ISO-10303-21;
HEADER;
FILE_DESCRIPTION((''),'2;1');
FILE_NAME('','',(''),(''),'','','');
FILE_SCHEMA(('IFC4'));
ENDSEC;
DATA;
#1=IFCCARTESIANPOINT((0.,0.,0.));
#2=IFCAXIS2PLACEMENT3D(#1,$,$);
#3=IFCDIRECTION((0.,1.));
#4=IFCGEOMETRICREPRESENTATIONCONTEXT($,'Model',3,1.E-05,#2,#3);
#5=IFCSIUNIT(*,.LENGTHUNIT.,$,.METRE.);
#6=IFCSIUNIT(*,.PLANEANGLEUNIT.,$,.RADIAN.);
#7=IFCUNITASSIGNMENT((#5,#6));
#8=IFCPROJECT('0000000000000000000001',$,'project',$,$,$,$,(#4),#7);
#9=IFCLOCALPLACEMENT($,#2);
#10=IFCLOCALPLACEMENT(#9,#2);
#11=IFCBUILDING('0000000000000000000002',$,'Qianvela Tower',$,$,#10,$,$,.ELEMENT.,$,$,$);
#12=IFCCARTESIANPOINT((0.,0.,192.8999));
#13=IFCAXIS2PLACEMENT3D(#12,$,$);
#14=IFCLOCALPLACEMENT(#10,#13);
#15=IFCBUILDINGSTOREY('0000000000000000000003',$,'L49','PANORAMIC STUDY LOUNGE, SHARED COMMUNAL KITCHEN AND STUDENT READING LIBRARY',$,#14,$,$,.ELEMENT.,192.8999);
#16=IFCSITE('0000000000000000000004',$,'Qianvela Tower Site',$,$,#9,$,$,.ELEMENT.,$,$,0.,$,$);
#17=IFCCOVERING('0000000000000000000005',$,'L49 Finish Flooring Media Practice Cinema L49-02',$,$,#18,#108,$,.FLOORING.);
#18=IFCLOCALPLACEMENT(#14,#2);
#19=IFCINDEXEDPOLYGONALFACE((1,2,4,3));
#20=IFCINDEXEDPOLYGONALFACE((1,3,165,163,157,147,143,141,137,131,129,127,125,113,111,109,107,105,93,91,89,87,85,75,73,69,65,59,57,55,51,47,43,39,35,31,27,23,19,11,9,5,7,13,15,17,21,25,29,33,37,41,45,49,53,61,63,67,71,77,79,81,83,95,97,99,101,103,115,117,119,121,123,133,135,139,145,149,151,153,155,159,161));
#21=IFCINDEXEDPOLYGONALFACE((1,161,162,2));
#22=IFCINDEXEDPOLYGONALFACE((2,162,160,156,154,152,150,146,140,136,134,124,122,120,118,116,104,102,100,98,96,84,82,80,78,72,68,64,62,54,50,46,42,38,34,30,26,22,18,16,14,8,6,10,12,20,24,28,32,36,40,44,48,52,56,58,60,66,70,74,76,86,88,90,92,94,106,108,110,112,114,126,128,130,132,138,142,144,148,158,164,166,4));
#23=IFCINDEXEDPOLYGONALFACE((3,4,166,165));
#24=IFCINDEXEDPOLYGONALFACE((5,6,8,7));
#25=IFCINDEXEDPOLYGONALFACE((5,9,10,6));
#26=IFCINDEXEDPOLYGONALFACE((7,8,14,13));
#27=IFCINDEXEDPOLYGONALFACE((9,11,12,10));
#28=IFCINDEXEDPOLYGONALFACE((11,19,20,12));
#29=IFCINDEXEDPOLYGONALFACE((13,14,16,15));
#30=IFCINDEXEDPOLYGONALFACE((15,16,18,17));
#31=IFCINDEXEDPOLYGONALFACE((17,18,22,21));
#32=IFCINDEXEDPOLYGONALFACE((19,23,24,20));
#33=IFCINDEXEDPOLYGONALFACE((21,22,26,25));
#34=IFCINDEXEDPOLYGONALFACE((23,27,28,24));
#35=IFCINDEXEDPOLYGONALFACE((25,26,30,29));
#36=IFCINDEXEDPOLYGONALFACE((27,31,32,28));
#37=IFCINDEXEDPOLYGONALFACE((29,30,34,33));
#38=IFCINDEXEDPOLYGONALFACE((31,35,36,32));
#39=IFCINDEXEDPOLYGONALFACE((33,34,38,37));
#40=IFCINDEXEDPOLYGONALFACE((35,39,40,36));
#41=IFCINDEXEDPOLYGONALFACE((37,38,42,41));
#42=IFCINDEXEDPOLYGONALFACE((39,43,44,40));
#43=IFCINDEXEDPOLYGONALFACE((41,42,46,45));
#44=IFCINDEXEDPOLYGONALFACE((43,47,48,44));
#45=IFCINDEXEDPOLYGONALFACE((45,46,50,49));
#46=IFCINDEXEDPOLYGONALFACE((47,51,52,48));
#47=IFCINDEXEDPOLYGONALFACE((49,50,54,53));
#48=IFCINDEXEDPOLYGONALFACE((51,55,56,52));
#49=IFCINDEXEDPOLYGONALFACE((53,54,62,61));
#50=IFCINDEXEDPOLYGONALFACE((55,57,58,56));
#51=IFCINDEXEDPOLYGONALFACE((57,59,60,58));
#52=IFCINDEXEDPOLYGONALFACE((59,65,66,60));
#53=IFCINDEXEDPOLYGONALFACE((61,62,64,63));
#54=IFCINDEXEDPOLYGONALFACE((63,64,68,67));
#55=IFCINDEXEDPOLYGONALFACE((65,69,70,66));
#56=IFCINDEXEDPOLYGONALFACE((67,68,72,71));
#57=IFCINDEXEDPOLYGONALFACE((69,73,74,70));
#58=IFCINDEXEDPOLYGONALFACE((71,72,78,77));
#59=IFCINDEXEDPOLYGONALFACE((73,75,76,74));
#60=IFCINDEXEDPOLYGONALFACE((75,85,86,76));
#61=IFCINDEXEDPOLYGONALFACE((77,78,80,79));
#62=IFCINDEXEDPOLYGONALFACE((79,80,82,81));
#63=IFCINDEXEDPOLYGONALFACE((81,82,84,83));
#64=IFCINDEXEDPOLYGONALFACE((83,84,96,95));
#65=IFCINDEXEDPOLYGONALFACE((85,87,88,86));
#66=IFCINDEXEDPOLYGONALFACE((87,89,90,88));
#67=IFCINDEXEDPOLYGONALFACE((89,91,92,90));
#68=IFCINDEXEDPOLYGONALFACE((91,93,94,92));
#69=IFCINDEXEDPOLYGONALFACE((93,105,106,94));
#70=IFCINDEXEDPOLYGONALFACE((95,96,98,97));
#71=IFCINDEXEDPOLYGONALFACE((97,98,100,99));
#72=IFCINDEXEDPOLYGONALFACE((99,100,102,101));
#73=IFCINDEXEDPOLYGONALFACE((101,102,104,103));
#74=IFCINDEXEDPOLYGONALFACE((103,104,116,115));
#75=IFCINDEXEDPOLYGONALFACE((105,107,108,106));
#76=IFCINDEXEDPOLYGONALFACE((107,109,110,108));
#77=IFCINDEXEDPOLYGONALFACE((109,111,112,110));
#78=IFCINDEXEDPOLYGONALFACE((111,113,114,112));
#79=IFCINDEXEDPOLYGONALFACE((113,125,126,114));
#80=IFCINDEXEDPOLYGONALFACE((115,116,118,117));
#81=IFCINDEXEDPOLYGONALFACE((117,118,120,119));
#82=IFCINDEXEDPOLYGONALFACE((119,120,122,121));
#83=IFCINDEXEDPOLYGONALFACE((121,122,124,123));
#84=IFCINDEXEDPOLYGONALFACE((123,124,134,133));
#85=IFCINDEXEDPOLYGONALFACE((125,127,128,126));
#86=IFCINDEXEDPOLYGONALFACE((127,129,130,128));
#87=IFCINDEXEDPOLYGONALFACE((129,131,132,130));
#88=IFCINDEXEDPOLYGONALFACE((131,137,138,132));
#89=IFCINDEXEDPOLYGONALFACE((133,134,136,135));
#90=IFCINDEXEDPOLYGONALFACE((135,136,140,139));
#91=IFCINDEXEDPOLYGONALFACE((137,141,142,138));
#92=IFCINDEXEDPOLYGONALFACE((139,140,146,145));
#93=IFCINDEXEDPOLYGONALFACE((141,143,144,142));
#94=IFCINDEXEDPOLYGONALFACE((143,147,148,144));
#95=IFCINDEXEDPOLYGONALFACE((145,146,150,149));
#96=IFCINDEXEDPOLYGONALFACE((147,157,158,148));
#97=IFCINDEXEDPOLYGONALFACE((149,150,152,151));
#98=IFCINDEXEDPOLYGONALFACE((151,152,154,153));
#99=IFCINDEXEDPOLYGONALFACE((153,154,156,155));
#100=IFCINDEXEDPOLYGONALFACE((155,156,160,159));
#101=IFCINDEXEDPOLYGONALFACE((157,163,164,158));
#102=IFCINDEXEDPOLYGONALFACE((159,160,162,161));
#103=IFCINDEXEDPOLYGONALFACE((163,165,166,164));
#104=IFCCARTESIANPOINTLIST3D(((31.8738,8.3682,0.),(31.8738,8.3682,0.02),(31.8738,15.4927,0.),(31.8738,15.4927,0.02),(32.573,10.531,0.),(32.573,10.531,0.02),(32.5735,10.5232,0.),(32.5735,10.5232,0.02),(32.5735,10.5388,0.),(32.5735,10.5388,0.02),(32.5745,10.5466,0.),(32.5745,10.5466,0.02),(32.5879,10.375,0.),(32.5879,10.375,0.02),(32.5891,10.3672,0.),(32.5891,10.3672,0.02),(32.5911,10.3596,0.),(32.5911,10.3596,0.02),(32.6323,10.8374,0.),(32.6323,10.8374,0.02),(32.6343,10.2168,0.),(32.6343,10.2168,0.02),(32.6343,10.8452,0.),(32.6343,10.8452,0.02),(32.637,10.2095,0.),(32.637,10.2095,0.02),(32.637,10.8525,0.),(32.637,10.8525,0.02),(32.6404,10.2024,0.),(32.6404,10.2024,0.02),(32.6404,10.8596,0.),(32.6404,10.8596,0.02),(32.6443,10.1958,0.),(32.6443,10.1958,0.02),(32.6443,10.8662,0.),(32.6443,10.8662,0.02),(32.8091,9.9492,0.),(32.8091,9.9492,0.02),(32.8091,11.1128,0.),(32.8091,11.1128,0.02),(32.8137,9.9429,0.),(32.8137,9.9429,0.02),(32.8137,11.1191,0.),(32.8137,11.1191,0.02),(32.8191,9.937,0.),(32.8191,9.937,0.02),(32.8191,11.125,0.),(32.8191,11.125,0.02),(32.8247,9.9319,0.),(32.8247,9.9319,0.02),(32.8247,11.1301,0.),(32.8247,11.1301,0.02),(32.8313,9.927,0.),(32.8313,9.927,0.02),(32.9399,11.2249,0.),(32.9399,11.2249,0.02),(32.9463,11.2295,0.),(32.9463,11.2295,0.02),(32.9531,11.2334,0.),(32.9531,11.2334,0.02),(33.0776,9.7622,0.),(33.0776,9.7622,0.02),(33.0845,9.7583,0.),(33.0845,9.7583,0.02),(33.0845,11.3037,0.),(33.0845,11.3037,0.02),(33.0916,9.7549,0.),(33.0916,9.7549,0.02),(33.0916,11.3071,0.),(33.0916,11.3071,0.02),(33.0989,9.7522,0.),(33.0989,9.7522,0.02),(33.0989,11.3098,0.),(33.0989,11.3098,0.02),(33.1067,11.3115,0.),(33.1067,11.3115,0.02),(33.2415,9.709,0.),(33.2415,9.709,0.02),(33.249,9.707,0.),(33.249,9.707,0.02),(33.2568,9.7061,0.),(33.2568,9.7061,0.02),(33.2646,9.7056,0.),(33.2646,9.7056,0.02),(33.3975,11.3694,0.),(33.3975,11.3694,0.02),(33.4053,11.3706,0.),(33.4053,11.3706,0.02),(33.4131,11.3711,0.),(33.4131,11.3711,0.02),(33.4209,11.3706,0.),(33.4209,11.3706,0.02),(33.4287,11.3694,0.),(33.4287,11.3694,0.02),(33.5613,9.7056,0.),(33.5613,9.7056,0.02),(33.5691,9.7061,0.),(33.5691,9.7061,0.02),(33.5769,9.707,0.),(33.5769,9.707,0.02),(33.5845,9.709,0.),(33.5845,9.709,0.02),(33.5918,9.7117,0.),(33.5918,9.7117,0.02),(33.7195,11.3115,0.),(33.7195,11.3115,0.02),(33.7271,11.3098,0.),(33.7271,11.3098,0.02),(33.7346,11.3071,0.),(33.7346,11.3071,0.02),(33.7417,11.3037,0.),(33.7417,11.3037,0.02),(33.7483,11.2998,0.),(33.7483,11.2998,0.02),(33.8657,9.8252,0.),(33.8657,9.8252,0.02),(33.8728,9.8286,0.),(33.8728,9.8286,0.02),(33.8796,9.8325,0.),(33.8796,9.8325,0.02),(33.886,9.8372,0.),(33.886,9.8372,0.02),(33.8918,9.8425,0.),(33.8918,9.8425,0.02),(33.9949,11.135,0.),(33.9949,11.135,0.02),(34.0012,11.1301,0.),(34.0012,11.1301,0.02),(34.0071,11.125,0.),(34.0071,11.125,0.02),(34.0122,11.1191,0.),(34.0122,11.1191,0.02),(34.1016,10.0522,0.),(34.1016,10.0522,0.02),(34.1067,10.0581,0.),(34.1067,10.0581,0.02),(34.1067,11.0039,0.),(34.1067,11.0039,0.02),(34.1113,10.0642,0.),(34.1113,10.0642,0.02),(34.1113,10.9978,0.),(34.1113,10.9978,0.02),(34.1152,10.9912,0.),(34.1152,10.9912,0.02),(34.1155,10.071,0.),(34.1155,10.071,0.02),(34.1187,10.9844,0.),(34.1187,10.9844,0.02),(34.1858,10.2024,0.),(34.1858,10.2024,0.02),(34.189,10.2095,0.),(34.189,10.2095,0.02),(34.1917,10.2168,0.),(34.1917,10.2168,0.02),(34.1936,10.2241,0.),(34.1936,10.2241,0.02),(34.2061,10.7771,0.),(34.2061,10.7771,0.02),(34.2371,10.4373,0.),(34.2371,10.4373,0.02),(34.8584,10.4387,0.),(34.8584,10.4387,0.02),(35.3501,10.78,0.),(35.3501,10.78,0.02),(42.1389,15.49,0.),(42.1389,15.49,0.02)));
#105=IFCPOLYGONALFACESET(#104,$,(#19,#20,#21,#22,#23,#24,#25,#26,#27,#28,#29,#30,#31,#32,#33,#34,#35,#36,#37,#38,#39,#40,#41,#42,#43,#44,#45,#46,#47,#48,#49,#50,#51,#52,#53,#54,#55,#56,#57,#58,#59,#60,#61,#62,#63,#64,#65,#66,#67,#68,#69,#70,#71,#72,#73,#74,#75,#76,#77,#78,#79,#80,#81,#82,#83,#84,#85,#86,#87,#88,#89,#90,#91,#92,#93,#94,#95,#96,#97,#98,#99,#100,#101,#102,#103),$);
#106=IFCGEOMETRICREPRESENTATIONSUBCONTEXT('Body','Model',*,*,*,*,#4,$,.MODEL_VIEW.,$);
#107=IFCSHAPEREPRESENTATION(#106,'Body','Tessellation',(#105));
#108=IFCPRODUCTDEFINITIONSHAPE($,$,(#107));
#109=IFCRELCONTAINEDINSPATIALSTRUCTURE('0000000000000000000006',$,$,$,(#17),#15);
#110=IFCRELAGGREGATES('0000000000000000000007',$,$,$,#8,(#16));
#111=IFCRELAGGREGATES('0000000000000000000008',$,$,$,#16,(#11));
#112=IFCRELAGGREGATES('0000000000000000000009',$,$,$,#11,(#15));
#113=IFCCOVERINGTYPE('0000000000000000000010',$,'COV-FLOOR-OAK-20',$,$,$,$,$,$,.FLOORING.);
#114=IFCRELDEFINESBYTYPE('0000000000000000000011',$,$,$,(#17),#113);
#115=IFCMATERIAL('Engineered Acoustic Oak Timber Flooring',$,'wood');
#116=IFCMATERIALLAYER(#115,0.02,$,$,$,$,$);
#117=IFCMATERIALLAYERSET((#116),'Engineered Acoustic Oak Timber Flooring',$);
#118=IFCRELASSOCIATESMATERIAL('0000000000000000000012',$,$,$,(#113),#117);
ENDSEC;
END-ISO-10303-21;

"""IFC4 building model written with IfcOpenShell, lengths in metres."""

from ifc_helpers import new_model, si_unit, direction, frame, origin, place, context, subcontext, project, spatial, polyline, outline, extrude, material, layer, layer_set, type_object, element, save


model = new_model("IFC4")

# Units and contexts
model_context = context("Model", 3, precision=1e-05, world=origin(), true_north=direction((0.0, 1.0)))
body_context = subcontext(model_context, "Body", "Model", "MODEL_VIEW")
ifc_project = project(units=[si_unit("LENGTHUNIT", "METRE"), si_unit("PLANEANGLEUNIT", "RADIAN")], contexts=[model_context])

# Site, building, storey
site_placement = place(None, origin())
site = spatial("IfcSite", under=ifc_project, at=site_placement, Name="Qianvela Tower Site", CompositionType="ELEMENT", RefElevation=0.0)
building_placement = place(site_placement, origin())
building = spatial("IfcBuilding", under=site, at=building_placement, Name="Qianvela Tower", CompositionType="ELEMENT")
storey_placement = place(building_placement, frame((0.0, 0.0, 192.8999)))
storey = spatial("IfcBuildingStorey", under=building, at=storey_placement, Name="L49", Description="PANORAMIC STUDY LOUNGE, SHARED COMMUNAL KITCHEN AND STUDENT READING LIBRARY", CompositionType="ELEMENT", Elevation=192.8999)

# Covering
ifc_material_1 = material(Name="Engineered Acoustic Oak Timber Flooring", Category="wood")
ifc_layer_1 = layer(ifc_material_1, 0.02)
ifc_layer_set_1 = layer_set([ifc_layer_1], Name="Engineered Acoustic Oak Timber Flooring")
covering_type_1 = type_object("IfcCoveringType", Name="COV-FLOOR-OAK-20", PredefinedType="FLOORING", material=ifc_layer_set_1)
covering_1_placement = place(storey_placement, origin())
element("IfcCovering", 1, at=covering_1_placement, inside=storey, type_object=covering_type_1, Name="L49 Finish Flooring Media Practice Cinema L49-02", PredefinedType="FLOORING", context=body_context, shape_type="SweptSolid", body=[
    extrude(outline(polyline([(35.3501, 10.78), (34.2061, 10.7771), (34.1187, 10.9844), (34.1152, 10.9912), (34.1113, 10.9978), (34.1067, 11.0039), (34.0122, 11.1191), (34.0071, 11.125), (34.0012, 11.1301), (33.9949, 11.135), (33.7483, 11.2998), (33.7417, 11.3037), (33.7346, 11.3071), (33.7271, 11.3098), (33.7195, 11.3115), (33.4287, 11.3694), (33.4209, 11.3706), (33.4131, 11.3711), (33.4053, 11.3706), (33.3975, 11.3694), (33.1067, 11.3115), (33.0989, 11.3098), (33.0916, 11.3071), (33.0845, 11.3037), (32.9531, 11.2334), (32.9463, 11.2295), (32.9399, 11.2249), (32.8247, 11.1301), (32.8191, 11.125), (32.8137, 11.1191), (32.8091, 11.1128), (32.6443, 10.8662), (32.6404, 10.8596), (32.637, 10.8525), (32.6343, 10.8452), (32.6323, 10.8374), (32.5745, 10.5466), (32.5735, 10.5388), (32.573, 10.531), (32.5735, 10.5232), (32.5879, 10.375), (32.5891, 10.3672), (32.5911, 10.3596), (32.6343, 10.2168), (32.637, 10.2095), (32.6404, 10.2024), (32.6443, 10.1958), (32.8091, 9.9492), (32.8137, 9.9429), (32.8191, 9.937), (32.8247, 9.9319), (32.8313, 9.927), (33.0776, 9.7622), (33.0845, 9.7583), (33.0916, 9.7549), (33.0989, 9.7522), (33.2415, 9.709), (33.249, 9.707), (33.2568, 9.7061), (33.2646, 9.7056), (33.5613, 9.7056), (33.5691, 9.7061), (33.5769, 9.707), (33.5845, 9.709), (33.5918, 9.7117), (33.8657, 9.8252), (33.8728, 9.8286), (33.8796, 9.8325), (33.886, 9.8372), (33.8918, 9.8425), (34.1016, 10.0522), (34.1067, 10.0581), (34.1113, 10.0642), (34.1155, 10.071), (34.1858, 10.2024), (34.189, 10.2095), (34.1917, 10.2168), (34.1936, 10.2241), (34.2371, 10.4373), (34.8584, 10.4387), (31.8738, 8.3682), (31.8738, 15.4927), (42.1389, 15.49), (35.3501, 10.78)])), origin(), (0.0, 0.0, 1.0), 0.02),
])

save(model, "model.ifc")
